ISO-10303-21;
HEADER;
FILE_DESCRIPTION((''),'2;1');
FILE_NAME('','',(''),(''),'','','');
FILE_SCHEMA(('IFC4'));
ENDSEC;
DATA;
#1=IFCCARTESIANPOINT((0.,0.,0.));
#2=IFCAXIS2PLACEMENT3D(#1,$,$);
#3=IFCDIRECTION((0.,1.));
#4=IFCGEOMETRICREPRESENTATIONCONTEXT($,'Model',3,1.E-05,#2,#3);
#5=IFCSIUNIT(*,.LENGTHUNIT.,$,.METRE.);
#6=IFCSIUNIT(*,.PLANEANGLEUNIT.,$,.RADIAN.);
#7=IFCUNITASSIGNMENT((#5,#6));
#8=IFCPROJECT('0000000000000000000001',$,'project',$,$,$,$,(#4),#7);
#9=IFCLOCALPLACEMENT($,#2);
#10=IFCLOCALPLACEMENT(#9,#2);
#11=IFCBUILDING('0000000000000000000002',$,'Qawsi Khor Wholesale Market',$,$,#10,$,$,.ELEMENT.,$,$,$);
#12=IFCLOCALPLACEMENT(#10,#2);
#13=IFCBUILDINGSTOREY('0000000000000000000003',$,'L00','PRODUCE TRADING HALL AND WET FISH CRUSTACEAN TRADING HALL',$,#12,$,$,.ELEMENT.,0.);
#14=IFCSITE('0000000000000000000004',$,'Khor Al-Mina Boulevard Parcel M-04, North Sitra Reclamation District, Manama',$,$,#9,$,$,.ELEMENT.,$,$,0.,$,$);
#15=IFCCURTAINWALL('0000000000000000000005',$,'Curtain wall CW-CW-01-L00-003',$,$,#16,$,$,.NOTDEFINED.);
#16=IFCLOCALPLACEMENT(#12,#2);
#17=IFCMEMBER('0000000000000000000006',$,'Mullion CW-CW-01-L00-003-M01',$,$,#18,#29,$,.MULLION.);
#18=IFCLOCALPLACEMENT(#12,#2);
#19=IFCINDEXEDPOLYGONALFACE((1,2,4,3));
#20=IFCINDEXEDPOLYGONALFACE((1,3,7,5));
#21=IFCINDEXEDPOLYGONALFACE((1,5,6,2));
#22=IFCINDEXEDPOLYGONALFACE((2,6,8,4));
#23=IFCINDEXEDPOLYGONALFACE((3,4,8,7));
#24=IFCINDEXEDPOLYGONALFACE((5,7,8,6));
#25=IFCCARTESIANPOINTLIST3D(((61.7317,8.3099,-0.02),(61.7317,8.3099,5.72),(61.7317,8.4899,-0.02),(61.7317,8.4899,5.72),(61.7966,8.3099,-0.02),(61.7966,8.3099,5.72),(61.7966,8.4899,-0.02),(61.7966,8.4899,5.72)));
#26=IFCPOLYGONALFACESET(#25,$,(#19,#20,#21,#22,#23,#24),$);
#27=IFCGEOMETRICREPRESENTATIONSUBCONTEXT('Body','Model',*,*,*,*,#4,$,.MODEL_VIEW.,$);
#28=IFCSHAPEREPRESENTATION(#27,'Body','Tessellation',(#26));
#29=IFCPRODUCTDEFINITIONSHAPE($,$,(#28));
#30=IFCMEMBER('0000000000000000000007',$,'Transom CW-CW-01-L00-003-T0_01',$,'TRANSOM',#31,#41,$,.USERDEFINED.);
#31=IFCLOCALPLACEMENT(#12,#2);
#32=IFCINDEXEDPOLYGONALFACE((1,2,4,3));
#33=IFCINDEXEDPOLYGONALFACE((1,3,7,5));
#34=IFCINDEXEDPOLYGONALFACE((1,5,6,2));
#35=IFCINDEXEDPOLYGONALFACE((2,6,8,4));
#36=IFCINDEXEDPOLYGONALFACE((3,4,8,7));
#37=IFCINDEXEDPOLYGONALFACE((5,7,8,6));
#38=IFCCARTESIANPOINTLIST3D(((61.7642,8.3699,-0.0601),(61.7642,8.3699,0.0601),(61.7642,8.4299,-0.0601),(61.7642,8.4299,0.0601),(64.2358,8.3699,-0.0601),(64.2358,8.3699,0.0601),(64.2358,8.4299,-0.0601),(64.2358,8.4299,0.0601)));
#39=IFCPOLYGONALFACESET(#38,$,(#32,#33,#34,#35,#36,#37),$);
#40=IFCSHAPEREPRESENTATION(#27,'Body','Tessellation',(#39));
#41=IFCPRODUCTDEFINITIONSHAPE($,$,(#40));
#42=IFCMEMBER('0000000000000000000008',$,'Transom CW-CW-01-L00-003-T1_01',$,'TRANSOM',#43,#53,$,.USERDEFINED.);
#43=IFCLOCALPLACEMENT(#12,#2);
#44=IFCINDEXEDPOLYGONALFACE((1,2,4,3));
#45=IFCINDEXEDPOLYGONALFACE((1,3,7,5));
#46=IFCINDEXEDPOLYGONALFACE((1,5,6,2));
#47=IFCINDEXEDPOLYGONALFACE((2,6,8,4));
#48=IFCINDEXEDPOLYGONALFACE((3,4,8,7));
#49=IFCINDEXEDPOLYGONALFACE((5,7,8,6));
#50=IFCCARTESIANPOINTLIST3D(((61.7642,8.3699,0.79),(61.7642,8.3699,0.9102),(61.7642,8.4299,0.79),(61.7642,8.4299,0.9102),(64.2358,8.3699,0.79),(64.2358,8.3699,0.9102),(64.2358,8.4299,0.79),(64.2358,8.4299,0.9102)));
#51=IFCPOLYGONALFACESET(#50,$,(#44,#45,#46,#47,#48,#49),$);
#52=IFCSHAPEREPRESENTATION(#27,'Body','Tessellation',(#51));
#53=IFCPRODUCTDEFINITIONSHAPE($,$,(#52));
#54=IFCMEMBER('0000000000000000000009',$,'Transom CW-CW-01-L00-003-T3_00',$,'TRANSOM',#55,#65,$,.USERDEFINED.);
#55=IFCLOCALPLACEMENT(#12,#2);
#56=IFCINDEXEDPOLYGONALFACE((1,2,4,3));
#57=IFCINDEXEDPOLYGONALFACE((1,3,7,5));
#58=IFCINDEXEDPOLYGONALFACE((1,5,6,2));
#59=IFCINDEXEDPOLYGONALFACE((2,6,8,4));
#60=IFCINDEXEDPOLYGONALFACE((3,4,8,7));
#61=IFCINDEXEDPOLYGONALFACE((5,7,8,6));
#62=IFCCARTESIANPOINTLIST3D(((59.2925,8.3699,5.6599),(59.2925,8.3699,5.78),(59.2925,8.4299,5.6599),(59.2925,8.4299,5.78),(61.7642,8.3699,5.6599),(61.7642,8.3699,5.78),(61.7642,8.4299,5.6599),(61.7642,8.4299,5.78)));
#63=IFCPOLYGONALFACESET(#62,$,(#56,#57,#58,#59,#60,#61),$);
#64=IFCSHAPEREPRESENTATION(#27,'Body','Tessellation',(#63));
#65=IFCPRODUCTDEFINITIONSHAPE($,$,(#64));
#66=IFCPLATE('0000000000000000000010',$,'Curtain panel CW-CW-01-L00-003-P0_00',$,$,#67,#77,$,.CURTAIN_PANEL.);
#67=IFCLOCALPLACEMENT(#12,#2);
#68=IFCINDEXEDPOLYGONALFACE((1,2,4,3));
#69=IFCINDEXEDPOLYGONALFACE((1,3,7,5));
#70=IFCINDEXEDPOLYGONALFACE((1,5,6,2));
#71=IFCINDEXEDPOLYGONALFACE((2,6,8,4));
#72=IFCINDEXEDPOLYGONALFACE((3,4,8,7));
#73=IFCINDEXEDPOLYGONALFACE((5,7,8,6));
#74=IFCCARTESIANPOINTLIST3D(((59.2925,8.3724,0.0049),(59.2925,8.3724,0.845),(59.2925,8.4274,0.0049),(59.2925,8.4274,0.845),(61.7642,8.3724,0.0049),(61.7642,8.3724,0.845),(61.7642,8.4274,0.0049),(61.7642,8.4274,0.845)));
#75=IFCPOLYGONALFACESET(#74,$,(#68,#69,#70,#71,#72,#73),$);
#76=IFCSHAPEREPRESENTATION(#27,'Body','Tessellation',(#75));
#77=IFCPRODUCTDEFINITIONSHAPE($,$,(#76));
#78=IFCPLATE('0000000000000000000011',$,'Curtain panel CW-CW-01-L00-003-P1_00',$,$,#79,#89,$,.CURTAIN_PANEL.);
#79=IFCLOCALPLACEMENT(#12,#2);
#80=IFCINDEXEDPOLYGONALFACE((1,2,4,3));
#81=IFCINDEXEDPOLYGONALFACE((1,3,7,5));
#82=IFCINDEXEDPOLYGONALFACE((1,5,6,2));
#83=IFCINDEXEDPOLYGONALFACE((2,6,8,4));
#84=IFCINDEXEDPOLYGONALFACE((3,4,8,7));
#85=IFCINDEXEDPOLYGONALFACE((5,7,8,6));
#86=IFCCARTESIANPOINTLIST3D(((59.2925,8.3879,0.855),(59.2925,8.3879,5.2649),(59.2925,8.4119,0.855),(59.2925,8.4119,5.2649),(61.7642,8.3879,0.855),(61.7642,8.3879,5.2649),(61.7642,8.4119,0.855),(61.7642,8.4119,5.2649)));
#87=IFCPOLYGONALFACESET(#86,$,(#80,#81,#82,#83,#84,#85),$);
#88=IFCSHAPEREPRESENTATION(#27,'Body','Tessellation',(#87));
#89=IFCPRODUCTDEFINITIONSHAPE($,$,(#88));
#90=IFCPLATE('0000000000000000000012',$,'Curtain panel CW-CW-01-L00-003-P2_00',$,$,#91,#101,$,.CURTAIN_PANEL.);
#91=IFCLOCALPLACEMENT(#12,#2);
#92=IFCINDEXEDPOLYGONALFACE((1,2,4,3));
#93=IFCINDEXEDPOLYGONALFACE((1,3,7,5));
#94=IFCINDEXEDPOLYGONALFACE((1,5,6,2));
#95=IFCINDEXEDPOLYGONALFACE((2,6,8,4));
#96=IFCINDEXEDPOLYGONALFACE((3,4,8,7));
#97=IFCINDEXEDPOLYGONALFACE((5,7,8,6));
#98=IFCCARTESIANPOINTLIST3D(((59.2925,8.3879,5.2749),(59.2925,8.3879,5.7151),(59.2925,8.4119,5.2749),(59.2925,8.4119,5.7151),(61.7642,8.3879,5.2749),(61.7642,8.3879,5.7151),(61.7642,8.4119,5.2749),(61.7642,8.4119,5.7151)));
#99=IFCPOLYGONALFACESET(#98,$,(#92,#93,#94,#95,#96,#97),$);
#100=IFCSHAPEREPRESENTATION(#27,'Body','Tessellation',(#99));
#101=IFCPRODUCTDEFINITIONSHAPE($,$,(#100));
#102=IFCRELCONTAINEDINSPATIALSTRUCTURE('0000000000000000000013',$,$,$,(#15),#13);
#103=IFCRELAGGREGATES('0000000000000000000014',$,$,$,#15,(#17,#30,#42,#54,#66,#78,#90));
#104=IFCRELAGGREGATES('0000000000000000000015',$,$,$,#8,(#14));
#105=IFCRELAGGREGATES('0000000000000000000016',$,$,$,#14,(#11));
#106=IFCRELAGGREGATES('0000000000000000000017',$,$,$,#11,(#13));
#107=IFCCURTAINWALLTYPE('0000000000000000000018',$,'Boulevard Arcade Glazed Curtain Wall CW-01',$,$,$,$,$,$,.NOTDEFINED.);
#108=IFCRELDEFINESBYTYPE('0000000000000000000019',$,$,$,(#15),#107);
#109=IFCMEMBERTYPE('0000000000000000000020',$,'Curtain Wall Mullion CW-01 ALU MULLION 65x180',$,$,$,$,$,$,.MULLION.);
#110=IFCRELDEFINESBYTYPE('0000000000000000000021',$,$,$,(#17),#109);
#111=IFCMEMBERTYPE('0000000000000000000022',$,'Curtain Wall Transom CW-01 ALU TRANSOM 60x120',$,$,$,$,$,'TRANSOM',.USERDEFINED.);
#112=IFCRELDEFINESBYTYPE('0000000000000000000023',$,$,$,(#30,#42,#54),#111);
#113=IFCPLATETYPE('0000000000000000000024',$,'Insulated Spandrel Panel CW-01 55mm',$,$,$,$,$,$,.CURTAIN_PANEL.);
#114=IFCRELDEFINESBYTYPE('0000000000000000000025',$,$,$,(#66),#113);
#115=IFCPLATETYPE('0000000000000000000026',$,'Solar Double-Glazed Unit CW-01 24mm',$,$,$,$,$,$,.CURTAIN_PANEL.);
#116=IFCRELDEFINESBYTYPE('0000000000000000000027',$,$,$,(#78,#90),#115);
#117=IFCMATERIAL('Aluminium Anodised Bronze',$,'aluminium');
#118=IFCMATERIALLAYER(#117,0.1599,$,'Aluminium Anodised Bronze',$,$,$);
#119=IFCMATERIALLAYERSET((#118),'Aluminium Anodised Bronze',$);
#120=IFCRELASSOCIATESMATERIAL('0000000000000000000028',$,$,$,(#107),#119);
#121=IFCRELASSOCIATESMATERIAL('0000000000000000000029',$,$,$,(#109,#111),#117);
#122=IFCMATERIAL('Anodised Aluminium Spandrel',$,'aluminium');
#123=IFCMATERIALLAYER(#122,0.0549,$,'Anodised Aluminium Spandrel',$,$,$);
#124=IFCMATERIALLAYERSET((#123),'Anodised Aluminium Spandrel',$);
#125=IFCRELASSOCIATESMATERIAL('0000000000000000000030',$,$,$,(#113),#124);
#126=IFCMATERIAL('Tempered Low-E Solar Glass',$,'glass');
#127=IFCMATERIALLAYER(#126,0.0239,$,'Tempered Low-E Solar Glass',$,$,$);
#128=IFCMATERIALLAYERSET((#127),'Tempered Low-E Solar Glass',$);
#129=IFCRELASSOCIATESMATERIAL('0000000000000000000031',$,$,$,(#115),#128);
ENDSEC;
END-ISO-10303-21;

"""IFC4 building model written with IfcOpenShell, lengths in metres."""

from ifc_helpers import new_model, si_unit, direction, frame, frame_2d, origin, origin_2d, place, context, subcontext, project, spatial, rectangle, extrude, material, layer, layer_set, material_profile, profile_set, type_object, element, aggregate, save


model = new_model("IFC4")

# Units and contexts
model_context = context("Model", 3, precision=1e-05, world=origin(), true_north=direction((0.0, 1.0)))
body_context = subcontext(model_context, "Body", "Model", "MODEL_VIEW")
ifc_project = project(units=[si_unit("LENGTHUNIT", "METRE"), si_unit("PLANEANGLEUNIT", "RADIAN")], contexts=[model_context])

# Site, building, storey
site_placement = place(None, origin())
site = spatial("IfcSite", under=ifc_project, at=site_placement, Name="Khor Al-Mina Boulevard Parcel M-04, North Sitra Reclamation District, Manama", CompositionType="ELEMENT", RefElevation=0.0)
building_placement = place(site_placement, origin())
building = spatial("IfcBuilding", under=site, at=building_placement, Name="Qawsi Khor Wholesale Market", CompositionType="ELEMENT")
storey_placement = place(building_placement, origin())
storey = spatial("IfcBuildingStorey", under=building, at=storey_placement, Name="L00", Description="PRODUCE TRADING HALL AND WET FISH CRUSTACEAN TRADING HALL", CompositionType="ELEMENT", Elevation=0.0)

# Curtain wall, members, plates
ifc_material_1 = material(Name="Aluminium Anodised Bronze", Category="aluminium")
ifc_layer_1 = layer(ifc_material_1, 0.1599, Name="Aluminium Anodised Bronze")
ifc_layer_set_1 = layer_set([ifc_layer_1], Name="Aluminium Anodised Bronze")
curtain_wall_type = type_object("IfcCurtainWallType", Name="Boulevard Arcade Glazed Curtain Wall CW-01", PredefinedType="NOTDEFINED", material=ifc_layer_set_1)
curtain_wall_placement = place(storey_placement, origin())
curtain_wall = element("IfcCurtainWall", 1, at=curtain_wall_placement, inside=storey, type_object=curtain_wall_type, Name="Curtain wall CW-CW-01-L00-003", PredefinedType="NOTDEFINED")
ifc_material_profile_1 = material_profile(ifc_material_1, rectangle(XDim=0.0649, YDim=0.1799, at=origin_2d()), Name="ALU MULLION 65x180")
ifc_profile_set_1 = profile_set([ifc_material_profile_1], Name="Aluminium Anodised Bronze")
member_type_1 = type_object("IfcMemberType", Name="Curtain Wall Mullion CW-01 ALU MULLION 65x180", PredefinedType="MULLION", material=ifc_profile_set_1)
member_1_placement = place(storey_placement, frame((61.7642, 8.3999, -0.02), z_axis=(0.0, 0.0, 1.0), x_axis=(1.0, 0.0, 0.0)))
member_1 = element("IfcMember", 2, at=member_1_placement, type_object=member_type_1, Name="Mullion CW-CW-01-L00-003-M01", PredefinedType="MULLION", context=body_context, shape_type="SweptSolid", body=[
    extrude(rectangle(XDim=0.0649, YDim=0.1799, at=origin_2d()), origin(), (0.0, 0.0, 1.0), 5.74),
])
ifc_material_profile_2 = material_profile(ifc_material_1, rectangle(XDim=0.0601, YDim=0.1201, at=origin_2d()), Name="ALU TRANSOM 60x120")
ifc_profile_set_2 = profile_set([ifc_material_profile_2], Name="Aluminium Anodised Bronze")
member_type_2 = type_object("IfcMemberType", Name="Curtain Wall Transom CW-01 ALU TRANSOM 60x120", ElementType="TRANSOM", PredefinedType="USERDEFINED", material=ifc_profile_set_2)
member_2_placement = place(storey_placement, frame((61.7642, 8.3999, 0.0), z_axis=(1.0, 0.0, 0.0), x_axis=(0.0, 1.0, 0.0)))
member_2 = element("IfcMember", 3, at=member_2_placement, type_object=member_type_2, Name="Transom CW-CW-01-L00-003-T0_01", ObjectType="TRANSOM", PredefinedType="USERDEFINED", context=body_context, shape_type="SweptSolid", body=[
    extrude(rectangle(XDim=0.0601, YDim=0.1201, at=origin_2d()), origin(), (0.0, 0.0, 1.0), 2.4717),
])
member_3_placement = place(storey_placement, frame((61.7642, 8.3999, 0.8501), z_axis=(1.0, 0.0, 0.0), x_axis=(0.0, 1.0, 0.0)))
member_3 = element("IfcMember", 4, at=member_3_placement, type_object=member_type_2, Name="Transom CW-CW-01-L00-003-T1_01", ObjectType="TRANSOM", PredefinedType="USERDEFINED", context=body_context, shape_type="SweptSolid", body=[
    extrude(rectangle(XDim=0.0601, YDim=0.1201, at=origin_2d()), origin(), (0.0, 0.0, 1.0), 2.4717),
])
member_4_placement = place(storey_placement, frame((59.2925, 8.3999, 5.72), z_axis=(1.0, 0.0, 0.0), x_axis=(0.0, 1.0, 0.0)))
member_4 = element("IfcMember", 5, at=member_4_placement, type_object=member_type_2, Name="Transom CW-CW-01-L00-003-T3_00", ObjectType="TRANSOM", PredefinedType="USERDEFINED", context=body_context, shape_type="SweptSolid", body=[
    extrude(rectangle(XDim=0.0601, YDim=0.1201, at=origin_2d()), origin(), (0.0, 0.0, 1.0), 2.4717),
])
ifc_material_2 = material(Name="Anodised Aluminium Spandrel", Category="aluminium")
ifc_layer_2 = layer(ifc_material_2, 0.0549, Name="Anodised Aluminium Spandrel")
ifc_layer_set_2 = layer_set([ifc_layer_2], Name="Anodised Aluminium Spandrel")
plate_type_1 = type_object("IfcPlateType", Name="Insulated Spandrel Panel CW-01 55mm", PredefinedType="CURTAIN_PANEL", material=ifc_layer_set_2)
plate_1_placement = place(storey_placement, frame((59.2925, 8.3999, 0.0049), z_axis=(0.0, 0.0, 1.0), x_axis=(1.0, 0.0, 0.0)))
plate_1 = element("IfcPlate", 6, at=plate_1_placement, type_object=plate_type_1, Name="Curtain panel CW-CW-01-L00-003-P0_00", PredefinedType="CURTAIN_PANEL", context=body_context, shape_type="SweptSolid", body=[
    extrude(rectangle(XDim=2.4717, YDim=0.0549, at=frame_2d((1.2358, 0.0))), origin(), (0.0, 0.0, 1.0), 0.8401),
])
ifc_material_3 = material(Name="Tempered Low-E Solar Glass", Category="glass")
ifc_layer_3 = layer(ifc_material_3, 0.0239, Name="Tempered Low-E Solar Glass")
ifc_layer_set_3 = layer_set([ifc_layer_3], Name="Tempered Low-E Solar Glass")
plate_type_2 = type_object("IfcPlateType", Name="Solar Double-Glazed Unit CW-01 24mm", PredefinedType="CURTAIN_PANEL", material=ifc_layer_set_3)
plate_2_placement = place(storey_placement, frame((59.2925, 8.3999, 0.855), z_axis=(0.0, 0.0, 1.0), x_axis=(1.0, 0.0, 0.0)))
plate_2 = element("IfcPlate", 7, at=plate_2_placement, type_object=plate_type_2, Name="Curtain panel CW-CW-01-L00-003-P1_00", PredefinedType="CURTAIN_PANEL", context=body_context, shape_type="SweptSolid", body=[
    extrude(rectangle(XDim=2.4717, YDim=0.0239, at=frame_2d((1.2358, 0.0))), origin(), (0.0, 0.0, 1.0), 4.4099),
])
plate_3_placement = place(storey_placement, frame((59.2925, 8.3999, 5.2749), z_axis=(0.0, 0.0, 1.0), x_axis=(1.0, 0.0, 0.0)))
plate_3 = element("IfcPlate", 8, at=plate_3_placement, type_object=plate_type_2, Name="Curtain panel CW-CW-01-L00-003-P2_00", PredefinedType="CURTAIN_PANEL", context=body_context, shape_type="SweptSolid", body=[
    extrude(rectangle(XDim=2.4717, YDim=0.0239, at=frame_2d((1.2358, 0.0))), origin(), (0.0, 0.0, 1.0), 0.4402),
])
aggregate(curtain_wall, [member_1, member_2, member_3, member_4, plate_1, plate_2, plate_3])

save(model, "model.ifc")
